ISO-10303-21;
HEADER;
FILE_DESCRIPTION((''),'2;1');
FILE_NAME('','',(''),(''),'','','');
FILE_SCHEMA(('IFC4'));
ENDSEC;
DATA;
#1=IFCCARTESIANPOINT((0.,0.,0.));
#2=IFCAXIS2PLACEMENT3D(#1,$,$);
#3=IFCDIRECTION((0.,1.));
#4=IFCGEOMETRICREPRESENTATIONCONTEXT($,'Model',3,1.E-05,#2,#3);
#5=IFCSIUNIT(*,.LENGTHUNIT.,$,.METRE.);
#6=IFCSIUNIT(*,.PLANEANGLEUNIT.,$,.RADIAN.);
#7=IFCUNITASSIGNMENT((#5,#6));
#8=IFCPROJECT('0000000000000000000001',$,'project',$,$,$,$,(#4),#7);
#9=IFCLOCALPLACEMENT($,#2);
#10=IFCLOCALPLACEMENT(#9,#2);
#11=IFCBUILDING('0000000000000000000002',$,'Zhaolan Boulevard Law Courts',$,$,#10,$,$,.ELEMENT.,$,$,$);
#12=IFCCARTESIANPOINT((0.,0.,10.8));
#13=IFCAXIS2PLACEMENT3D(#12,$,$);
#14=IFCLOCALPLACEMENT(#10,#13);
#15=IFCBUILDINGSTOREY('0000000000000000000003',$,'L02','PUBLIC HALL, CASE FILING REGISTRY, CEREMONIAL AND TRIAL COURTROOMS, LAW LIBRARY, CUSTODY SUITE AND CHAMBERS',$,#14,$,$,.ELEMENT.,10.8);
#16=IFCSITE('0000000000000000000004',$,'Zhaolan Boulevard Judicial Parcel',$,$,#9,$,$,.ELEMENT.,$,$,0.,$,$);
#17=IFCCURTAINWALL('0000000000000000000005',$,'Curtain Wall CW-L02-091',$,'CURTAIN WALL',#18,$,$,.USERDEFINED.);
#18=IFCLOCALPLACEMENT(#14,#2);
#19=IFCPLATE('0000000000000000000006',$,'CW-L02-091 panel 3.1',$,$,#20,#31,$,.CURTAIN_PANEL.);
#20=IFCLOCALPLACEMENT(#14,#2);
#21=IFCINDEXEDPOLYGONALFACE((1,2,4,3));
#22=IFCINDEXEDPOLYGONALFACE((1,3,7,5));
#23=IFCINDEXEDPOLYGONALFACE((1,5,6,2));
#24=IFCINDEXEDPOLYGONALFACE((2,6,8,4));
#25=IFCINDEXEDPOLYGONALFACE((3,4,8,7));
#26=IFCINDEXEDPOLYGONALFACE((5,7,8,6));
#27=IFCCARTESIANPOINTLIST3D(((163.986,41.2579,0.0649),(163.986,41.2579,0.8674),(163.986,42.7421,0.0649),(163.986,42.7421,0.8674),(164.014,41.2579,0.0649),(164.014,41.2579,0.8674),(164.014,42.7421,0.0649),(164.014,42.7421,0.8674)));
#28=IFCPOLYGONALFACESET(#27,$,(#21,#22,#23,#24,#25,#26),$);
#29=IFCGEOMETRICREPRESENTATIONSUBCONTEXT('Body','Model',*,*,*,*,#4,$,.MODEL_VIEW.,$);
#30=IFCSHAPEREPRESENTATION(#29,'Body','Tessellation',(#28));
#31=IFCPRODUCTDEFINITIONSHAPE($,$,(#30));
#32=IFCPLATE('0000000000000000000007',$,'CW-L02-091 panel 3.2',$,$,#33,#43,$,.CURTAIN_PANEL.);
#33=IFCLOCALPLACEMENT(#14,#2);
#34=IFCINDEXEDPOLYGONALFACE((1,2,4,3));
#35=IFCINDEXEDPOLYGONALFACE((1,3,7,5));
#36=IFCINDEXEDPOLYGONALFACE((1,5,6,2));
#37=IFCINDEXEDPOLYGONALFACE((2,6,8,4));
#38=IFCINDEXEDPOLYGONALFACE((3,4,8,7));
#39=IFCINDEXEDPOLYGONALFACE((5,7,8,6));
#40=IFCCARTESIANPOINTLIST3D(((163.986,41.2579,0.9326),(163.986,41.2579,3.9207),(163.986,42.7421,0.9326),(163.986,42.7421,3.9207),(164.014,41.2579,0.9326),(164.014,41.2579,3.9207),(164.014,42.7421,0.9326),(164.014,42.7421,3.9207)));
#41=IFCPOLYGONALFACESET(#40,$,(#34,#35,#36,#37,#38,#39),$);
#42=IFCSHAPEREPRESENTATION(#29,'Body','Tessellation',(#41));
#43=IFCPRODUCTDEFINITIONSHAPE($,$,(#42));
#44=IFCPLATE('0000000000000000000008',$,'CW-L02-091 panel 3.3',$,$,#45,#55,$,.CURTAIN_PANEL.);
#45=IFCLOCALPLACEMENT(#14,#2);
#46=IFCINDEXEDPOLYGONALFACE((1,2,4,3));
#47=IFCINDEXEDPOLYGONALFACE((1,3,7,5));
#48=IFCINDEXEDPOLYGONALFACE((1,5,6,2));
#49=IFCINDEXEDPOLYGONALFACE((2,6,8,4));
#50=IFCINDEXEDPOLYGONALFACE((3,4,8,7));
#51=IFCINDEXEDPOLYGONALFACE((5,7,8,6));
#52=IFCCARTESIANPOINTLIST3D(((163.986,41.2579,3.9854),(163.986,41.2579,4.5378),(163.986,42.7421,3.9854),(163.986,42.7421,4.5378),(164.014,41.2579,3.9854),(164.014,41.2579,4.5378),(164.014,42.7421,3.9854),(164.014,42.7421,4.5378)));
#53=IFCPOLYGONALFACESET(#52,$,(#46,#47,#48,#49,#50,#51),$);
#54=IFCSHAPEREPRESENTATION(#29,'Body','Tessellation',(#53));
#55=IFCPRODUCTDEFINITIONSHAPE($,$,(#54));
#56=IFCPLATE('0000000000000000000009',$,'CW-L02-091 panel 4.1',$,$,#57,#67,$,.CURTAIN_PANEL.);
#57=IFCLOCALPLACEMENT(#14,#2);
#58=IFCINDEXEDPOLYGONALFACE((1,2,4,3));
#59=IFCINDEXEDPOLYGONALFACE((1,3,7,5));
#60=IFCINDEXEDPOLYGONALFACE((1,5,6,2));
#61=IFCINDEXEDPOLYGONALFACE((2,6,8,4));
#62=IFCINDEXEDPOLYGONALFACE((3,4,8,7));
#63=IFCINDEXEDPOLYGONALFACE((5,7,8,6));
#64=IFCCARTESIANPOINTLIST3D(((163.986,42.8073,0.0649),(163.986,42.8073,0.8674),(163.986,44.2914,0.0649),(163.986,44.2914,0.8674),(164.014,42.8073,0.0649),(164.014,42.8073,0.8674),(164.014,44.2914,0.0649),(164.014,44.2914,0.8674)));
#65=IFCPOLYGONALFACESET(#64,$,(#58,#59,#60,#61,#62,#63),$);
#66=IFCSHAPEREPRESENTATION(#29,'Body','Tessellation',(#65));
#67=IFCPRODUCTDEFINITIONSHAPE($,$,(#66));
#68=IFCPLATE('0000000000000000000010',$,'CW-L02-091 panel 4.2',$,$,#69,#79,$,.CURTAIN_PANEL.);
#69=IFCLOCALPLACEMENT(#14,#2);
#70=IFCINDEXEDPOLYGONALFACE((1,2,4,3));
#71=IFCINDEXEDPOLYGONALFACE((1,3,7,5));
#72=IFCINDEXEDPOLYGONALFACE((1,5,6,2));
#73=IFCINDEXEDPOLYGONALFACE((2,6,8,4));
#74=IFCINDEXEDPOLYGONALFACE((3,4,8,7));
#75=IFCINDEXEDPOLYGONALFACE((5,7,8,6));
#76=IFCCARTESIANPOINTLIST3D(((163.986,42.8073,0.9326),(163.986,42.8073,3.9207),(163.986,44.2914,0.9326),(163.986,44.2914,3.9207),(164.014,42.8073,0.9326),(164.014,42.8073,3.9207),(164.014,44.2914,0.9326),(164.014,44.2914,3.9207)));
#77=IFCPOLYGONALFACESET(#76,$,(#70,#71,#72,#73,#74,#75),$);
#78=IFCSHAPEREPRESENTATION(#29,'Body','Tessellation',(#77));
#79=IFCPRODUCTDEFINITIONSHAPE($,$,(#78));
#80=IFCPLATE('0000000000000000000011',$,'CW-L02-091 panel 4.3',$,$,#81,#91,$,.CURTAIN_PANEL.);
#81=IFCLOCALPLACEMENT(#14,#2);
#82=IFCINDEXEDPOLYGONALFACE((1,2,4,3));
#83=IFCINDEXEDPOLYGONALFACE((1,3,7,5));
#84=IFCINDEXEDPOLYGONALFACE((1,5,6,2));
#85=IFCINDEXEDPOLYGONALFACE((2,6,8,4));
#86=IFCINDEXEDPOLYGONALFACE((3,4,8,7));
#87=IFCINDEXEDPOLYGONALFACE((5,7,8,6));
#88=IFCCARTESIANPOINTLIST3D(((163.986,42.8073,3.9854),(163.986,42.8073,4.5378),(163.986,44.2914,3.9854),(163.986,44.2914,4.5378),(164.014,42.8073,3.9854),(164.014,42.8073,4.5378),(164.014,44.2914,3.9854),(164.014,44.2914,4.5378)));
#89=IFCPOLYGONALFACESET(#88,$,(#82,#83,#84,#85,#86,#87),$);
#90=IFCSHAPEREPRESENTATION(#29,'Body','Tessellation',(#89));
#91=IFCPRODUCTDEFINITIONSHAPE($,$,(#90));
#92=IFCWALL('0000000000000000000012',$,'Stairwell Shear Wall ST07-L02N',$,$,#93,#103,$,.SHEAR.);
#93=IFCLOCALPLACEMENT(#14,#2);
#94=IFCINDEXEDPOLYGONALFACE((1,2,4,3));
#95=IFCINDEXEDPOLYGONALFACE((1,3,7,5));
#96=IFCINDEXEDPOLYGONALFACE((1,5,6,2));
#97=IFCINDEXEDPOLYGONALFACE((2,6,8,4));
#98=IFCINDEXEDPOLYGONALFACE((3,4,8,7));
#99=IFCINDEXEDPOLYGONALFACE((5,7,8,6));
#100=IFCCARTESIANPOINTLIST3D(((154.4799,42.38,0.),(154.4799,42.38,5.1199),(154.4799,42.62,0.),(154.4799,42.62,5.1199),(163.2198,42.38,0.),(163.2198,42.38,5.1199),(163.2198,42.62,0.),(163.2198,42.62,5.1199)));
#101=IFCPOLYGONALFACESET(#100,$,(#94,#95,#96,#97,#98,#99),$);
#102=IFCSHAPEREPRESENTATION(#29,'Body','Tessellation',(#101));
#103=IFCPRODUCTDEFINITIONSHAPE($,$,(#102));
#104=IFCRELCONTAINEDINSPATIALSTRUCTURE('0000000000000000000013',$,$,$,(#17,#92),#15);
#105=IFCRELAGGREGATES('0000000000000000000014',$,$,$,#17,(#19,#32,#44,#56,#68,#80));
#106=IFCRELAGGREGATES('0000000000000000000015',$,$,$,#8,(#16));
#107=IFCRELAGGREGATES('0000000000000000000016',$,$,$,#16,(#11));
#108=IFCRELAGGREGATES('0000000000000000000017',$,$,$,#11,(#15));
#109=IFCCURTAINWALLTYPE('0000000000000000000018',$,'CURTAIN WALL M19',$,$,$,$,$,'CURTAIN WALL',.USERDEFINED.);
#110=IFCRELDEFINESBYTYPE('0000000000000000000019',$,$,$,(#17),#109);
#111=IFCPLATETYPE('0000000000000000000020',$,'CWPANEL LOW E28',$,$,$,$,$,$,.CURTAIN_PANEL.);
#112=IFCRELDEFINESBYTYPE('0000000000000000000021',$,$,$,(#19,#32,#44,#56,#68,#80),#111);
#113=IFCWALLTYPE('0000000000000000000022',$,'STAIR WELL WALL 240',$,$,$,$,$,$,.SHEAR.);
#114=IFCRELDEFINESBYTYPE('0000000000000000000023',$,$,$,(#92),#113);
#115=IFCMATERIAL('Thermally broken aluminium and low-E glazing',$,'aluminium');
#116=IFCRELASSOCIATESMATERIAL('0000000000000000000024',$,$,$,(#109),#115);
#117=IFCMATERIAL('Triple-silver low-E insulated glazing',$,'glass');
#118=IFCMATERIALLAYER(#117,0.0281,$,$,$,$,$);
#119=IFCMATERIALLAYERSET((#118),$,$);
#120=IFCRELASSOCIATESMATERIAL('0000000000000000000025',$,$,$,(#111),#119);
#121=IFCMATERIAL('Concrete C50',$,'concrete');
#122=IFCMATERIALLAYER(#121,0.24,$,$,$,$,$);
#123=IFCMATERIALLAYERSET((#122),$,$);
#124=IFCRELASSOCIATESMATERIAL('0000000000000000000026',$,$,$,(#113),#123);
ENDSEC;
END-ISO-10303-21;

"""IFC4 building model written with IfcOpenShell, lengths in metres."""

from ifc_helpers import new_model, si_unit, direction, frame, frame_2d, origin, origin_2d, place, context, subcontext, project, spatial, rectangle, extrude, material, layer, layer_set, type_object, element, aggregate, save


model = new_model("IFC4")

# Units and contexts
model_context = context("Model", 3, precision=1e-05, world=origin(), true_north=direction((0.0, 1.0)))
body_context = subcontext(model_context, "Body", "Model", "MODEL_VIEW")
ifc_project = project(units=[si_unit("LENGTHUNIT", "METRE"), si_unit("PLANEANGLEUNIT", "RADIAN")], contexts=[model_context])

# Site, building, storey
site_placement = place(None, origin())
site = spatial("IfcSite", under=ifc_project, at=site_placement, Name="Zhaolan Boulevard Judicial Parcel", CompositionType="ELEMENT", RefElevation=0.0)
building_placement = place(site_placement, origin())
building = spatial("IfcBuilding", under=site, at=building_placement, Name="Zhaolan Boulevard Law Courts", CompositionType="ELEMENT")
storey_placement = place(building_placement, frame((0.0, 0.0, 10.8)))
storey = spatial("IfcBuildingStorey", under=building, at=storey_placement, Name="L02", Description="PUBLIC HALL, CASE FILING REGISTRY, CEREMONIAL AND TRIAL COURTROOMS, LAW LIBRARY, CUSTODY SUITE AND CHAMBERS", CompositionType="ELEMENT", Elevation=10.8)

# Curtain wall, plates
ifc_material_1 = material(Name="Thermally broken aluminium and low-E glazing", Category="aluminium")
curtain_wall_type = type_object("IfcCurtainWallType", Name="CURTAIN WALL M19", ElementType="CURTAIN WALL", PredefinedType="USERDEFINED", material=ifc_material_1)
curtain_wall_placement = place(storey_placement, origin())
curtain_wall = element("IfcCurtainWall", 1, at=curtain_wall_placement, inside=storey, type_object=curtain_wall_type, Name="Curtain Wall CW-L02-091", ObjectType="CURTAIN WALL", PredefinedType="USERDEFINED")
ifc_material_2 = material(Name="Triple-silver low-E insulated glazing", Category="glass")
ifc_layer_1 = layer(ifc_material_2, 0.0281)
ifc_layer_set_1 = layer_set([ifc_layer_1])
plate_type = type_object("IfcPlateType", Name="CWPANEL LOW E28", PredefinedType="CURTAIN_PANEL", material=ifc_layer_set_1)
plate_1_placement = place(storey_placement, frame((164.0, 42.0, 0.0649), z_axis=(0.0, 0.0, 1.0), x_axis=(0.0, 1.0, 0.0)))
plate_1 = element("IfcPlate", 2, at=plate_1_placement, type_object=plate_type, Name="CW-L02-091 panel 3.1", PredefinedType="CURTAIN_PANEL", context=body_context, shape_type="SweptSolid", body=[
    extrude(rectangle(XDim=1.4841, YDim=0.0281, at=origin_2d()), origin(), (0.0, 0.0, 1.0), 0.8025),
])
plate_2_placement = place(storey_placement, frame((164.0, 42.0, 0.9326), z_axis=(0.0, 0.0, 1.0), x_axis=(0.0, 1.0, 0.0)))
plate_2 = element("IfcPlate", 3, at=plate_2_placement, type_object=plate_type, Name="CW-L02-091 panel 3.2", PredefinedType="CURTAIN_PANEL", context=body_context, shape_type="SweptSolid", body=[
    extrude(rectangle(XDim=1.4841, YDim=0.0281, at=origin_2d()), origin(), (0.0, 0.0, 1.0), 2.988),
])
plate_3_placement = place(storey_placement, frame((164.0, 42.0, 3.9854), z_axis=(0.0, 0.0, 1.0), x_axis=(0.0, 1.0, 0.0)))
plate_3 = element("IfcPlate", 4, at=plate_3_placement, type_object=plate_type, Name="CW-L02-091 panel 3.3", PredefinedType="CURTAIN_PANEL", context=body_context, shape_type="SweptSolid", body=[
    extrude(rectangle(XDim=1.4841, YDim=0.0281, at=origin_2d()), origin(), (0.0, 0.0, 1.0), 0.5525),
])
plate_4_placement = place(storey_placement, frame((164.0, 43.5493, 0.0649), z_axis=(0.0, 0.0, 1.0), x_axis=(0.0, 1.0, 0.0)))
plate_4 = element("IfcPlate", 5, at=plate_4_placement, type_object=plate_type, Name="CW-L02-091 panel 4.1", PredefinedType="CURTAIN_PANEL", context=body_context, shape_type="SweptSolid", body=[
    extrude(rectangle(XDim=1.4841, YDim=0.0281, at=origin_2d()), origin(), (0.0, 0.0, 1.0), 0.8025),
])
plate_5_placement = place(storey_placement, frame((164.0, 43.5493, 0.9326), z_axis=(0.0, 0.0, 1.0), x_axis=(0.0, 1.0, 0.0)))
plate_5 = element("IfcPlate", 6, at=plate_5_placement, type_object=plate_type, Name="CW-L02-091 panel 4.2", PredefinedType="CURTAIN_PANEL", context=body_context, shape_type="SweptSolid", body=[
    extrude(rectangle(XDim=1.4841, YDim=0.0281, at=origin_2d()), origin(), (0.0, 0.0, 1.0), 2.988),
])
plate_6_placement = place(storey_placement, frame((164.0, 43.5493, 3.9854), z_axis=(0.0, 0.0, 1.0), x_axis=(0.0, 1.0, 0.0)))
plate_6 = element("IfcPlate", 7, at=plate_6_placement, type_object=plate_type, Name="CW-L02-091 panel 4.3", PredefinedType="CURTAIN_PANEL", context=body_context, shape_type="SweptSolid", body=[
    extrude(rectangle(XDim=1.4841, YDim=0.0281, at=origin_2d()), origin(), (0.0, 0.0, 1.0), 0.5525),
])
aggregate(curtain_wall, [plate_1, plate_2, plate_3, plate_4, plate_5, plate_6])

# Wall
ifc_material_3 = material(Name="Concrete C50", Category="concrete")
ifc_layer_2 = layer(ifc_material_3, 0.24)
ifc_layer_set_2 = layer_set([ifc_layer_2])
wall_type = type_object("IfcWallType", Name="STAIR WELL WALL 240", PredefinedType="SHEAR", material=ifc_layer_set_2)
wall_placement = place(storey_placement, frame((163.22, 42.5, 0.0), z_axis=(0.0, 0.0, 1.0), x_axis=(-1.0, 0.0, 0.0)))
element("IfcWall", 8, at=wall_placement, inside=storey, type_object=wall_type, Name="Stairwell Shear Wall ST07-L02N", PredefinedType="SHEAR", context=body_context, shape_type="SweptSolid", body=[
    extrude(rectangle(XDim=8.74, YDim=0.24, at=frame_2d((4.3701, 0.0))), origin(), (0.0, 0.0, 1.0), 5.1199),
])

save(model, "model.ifc")
